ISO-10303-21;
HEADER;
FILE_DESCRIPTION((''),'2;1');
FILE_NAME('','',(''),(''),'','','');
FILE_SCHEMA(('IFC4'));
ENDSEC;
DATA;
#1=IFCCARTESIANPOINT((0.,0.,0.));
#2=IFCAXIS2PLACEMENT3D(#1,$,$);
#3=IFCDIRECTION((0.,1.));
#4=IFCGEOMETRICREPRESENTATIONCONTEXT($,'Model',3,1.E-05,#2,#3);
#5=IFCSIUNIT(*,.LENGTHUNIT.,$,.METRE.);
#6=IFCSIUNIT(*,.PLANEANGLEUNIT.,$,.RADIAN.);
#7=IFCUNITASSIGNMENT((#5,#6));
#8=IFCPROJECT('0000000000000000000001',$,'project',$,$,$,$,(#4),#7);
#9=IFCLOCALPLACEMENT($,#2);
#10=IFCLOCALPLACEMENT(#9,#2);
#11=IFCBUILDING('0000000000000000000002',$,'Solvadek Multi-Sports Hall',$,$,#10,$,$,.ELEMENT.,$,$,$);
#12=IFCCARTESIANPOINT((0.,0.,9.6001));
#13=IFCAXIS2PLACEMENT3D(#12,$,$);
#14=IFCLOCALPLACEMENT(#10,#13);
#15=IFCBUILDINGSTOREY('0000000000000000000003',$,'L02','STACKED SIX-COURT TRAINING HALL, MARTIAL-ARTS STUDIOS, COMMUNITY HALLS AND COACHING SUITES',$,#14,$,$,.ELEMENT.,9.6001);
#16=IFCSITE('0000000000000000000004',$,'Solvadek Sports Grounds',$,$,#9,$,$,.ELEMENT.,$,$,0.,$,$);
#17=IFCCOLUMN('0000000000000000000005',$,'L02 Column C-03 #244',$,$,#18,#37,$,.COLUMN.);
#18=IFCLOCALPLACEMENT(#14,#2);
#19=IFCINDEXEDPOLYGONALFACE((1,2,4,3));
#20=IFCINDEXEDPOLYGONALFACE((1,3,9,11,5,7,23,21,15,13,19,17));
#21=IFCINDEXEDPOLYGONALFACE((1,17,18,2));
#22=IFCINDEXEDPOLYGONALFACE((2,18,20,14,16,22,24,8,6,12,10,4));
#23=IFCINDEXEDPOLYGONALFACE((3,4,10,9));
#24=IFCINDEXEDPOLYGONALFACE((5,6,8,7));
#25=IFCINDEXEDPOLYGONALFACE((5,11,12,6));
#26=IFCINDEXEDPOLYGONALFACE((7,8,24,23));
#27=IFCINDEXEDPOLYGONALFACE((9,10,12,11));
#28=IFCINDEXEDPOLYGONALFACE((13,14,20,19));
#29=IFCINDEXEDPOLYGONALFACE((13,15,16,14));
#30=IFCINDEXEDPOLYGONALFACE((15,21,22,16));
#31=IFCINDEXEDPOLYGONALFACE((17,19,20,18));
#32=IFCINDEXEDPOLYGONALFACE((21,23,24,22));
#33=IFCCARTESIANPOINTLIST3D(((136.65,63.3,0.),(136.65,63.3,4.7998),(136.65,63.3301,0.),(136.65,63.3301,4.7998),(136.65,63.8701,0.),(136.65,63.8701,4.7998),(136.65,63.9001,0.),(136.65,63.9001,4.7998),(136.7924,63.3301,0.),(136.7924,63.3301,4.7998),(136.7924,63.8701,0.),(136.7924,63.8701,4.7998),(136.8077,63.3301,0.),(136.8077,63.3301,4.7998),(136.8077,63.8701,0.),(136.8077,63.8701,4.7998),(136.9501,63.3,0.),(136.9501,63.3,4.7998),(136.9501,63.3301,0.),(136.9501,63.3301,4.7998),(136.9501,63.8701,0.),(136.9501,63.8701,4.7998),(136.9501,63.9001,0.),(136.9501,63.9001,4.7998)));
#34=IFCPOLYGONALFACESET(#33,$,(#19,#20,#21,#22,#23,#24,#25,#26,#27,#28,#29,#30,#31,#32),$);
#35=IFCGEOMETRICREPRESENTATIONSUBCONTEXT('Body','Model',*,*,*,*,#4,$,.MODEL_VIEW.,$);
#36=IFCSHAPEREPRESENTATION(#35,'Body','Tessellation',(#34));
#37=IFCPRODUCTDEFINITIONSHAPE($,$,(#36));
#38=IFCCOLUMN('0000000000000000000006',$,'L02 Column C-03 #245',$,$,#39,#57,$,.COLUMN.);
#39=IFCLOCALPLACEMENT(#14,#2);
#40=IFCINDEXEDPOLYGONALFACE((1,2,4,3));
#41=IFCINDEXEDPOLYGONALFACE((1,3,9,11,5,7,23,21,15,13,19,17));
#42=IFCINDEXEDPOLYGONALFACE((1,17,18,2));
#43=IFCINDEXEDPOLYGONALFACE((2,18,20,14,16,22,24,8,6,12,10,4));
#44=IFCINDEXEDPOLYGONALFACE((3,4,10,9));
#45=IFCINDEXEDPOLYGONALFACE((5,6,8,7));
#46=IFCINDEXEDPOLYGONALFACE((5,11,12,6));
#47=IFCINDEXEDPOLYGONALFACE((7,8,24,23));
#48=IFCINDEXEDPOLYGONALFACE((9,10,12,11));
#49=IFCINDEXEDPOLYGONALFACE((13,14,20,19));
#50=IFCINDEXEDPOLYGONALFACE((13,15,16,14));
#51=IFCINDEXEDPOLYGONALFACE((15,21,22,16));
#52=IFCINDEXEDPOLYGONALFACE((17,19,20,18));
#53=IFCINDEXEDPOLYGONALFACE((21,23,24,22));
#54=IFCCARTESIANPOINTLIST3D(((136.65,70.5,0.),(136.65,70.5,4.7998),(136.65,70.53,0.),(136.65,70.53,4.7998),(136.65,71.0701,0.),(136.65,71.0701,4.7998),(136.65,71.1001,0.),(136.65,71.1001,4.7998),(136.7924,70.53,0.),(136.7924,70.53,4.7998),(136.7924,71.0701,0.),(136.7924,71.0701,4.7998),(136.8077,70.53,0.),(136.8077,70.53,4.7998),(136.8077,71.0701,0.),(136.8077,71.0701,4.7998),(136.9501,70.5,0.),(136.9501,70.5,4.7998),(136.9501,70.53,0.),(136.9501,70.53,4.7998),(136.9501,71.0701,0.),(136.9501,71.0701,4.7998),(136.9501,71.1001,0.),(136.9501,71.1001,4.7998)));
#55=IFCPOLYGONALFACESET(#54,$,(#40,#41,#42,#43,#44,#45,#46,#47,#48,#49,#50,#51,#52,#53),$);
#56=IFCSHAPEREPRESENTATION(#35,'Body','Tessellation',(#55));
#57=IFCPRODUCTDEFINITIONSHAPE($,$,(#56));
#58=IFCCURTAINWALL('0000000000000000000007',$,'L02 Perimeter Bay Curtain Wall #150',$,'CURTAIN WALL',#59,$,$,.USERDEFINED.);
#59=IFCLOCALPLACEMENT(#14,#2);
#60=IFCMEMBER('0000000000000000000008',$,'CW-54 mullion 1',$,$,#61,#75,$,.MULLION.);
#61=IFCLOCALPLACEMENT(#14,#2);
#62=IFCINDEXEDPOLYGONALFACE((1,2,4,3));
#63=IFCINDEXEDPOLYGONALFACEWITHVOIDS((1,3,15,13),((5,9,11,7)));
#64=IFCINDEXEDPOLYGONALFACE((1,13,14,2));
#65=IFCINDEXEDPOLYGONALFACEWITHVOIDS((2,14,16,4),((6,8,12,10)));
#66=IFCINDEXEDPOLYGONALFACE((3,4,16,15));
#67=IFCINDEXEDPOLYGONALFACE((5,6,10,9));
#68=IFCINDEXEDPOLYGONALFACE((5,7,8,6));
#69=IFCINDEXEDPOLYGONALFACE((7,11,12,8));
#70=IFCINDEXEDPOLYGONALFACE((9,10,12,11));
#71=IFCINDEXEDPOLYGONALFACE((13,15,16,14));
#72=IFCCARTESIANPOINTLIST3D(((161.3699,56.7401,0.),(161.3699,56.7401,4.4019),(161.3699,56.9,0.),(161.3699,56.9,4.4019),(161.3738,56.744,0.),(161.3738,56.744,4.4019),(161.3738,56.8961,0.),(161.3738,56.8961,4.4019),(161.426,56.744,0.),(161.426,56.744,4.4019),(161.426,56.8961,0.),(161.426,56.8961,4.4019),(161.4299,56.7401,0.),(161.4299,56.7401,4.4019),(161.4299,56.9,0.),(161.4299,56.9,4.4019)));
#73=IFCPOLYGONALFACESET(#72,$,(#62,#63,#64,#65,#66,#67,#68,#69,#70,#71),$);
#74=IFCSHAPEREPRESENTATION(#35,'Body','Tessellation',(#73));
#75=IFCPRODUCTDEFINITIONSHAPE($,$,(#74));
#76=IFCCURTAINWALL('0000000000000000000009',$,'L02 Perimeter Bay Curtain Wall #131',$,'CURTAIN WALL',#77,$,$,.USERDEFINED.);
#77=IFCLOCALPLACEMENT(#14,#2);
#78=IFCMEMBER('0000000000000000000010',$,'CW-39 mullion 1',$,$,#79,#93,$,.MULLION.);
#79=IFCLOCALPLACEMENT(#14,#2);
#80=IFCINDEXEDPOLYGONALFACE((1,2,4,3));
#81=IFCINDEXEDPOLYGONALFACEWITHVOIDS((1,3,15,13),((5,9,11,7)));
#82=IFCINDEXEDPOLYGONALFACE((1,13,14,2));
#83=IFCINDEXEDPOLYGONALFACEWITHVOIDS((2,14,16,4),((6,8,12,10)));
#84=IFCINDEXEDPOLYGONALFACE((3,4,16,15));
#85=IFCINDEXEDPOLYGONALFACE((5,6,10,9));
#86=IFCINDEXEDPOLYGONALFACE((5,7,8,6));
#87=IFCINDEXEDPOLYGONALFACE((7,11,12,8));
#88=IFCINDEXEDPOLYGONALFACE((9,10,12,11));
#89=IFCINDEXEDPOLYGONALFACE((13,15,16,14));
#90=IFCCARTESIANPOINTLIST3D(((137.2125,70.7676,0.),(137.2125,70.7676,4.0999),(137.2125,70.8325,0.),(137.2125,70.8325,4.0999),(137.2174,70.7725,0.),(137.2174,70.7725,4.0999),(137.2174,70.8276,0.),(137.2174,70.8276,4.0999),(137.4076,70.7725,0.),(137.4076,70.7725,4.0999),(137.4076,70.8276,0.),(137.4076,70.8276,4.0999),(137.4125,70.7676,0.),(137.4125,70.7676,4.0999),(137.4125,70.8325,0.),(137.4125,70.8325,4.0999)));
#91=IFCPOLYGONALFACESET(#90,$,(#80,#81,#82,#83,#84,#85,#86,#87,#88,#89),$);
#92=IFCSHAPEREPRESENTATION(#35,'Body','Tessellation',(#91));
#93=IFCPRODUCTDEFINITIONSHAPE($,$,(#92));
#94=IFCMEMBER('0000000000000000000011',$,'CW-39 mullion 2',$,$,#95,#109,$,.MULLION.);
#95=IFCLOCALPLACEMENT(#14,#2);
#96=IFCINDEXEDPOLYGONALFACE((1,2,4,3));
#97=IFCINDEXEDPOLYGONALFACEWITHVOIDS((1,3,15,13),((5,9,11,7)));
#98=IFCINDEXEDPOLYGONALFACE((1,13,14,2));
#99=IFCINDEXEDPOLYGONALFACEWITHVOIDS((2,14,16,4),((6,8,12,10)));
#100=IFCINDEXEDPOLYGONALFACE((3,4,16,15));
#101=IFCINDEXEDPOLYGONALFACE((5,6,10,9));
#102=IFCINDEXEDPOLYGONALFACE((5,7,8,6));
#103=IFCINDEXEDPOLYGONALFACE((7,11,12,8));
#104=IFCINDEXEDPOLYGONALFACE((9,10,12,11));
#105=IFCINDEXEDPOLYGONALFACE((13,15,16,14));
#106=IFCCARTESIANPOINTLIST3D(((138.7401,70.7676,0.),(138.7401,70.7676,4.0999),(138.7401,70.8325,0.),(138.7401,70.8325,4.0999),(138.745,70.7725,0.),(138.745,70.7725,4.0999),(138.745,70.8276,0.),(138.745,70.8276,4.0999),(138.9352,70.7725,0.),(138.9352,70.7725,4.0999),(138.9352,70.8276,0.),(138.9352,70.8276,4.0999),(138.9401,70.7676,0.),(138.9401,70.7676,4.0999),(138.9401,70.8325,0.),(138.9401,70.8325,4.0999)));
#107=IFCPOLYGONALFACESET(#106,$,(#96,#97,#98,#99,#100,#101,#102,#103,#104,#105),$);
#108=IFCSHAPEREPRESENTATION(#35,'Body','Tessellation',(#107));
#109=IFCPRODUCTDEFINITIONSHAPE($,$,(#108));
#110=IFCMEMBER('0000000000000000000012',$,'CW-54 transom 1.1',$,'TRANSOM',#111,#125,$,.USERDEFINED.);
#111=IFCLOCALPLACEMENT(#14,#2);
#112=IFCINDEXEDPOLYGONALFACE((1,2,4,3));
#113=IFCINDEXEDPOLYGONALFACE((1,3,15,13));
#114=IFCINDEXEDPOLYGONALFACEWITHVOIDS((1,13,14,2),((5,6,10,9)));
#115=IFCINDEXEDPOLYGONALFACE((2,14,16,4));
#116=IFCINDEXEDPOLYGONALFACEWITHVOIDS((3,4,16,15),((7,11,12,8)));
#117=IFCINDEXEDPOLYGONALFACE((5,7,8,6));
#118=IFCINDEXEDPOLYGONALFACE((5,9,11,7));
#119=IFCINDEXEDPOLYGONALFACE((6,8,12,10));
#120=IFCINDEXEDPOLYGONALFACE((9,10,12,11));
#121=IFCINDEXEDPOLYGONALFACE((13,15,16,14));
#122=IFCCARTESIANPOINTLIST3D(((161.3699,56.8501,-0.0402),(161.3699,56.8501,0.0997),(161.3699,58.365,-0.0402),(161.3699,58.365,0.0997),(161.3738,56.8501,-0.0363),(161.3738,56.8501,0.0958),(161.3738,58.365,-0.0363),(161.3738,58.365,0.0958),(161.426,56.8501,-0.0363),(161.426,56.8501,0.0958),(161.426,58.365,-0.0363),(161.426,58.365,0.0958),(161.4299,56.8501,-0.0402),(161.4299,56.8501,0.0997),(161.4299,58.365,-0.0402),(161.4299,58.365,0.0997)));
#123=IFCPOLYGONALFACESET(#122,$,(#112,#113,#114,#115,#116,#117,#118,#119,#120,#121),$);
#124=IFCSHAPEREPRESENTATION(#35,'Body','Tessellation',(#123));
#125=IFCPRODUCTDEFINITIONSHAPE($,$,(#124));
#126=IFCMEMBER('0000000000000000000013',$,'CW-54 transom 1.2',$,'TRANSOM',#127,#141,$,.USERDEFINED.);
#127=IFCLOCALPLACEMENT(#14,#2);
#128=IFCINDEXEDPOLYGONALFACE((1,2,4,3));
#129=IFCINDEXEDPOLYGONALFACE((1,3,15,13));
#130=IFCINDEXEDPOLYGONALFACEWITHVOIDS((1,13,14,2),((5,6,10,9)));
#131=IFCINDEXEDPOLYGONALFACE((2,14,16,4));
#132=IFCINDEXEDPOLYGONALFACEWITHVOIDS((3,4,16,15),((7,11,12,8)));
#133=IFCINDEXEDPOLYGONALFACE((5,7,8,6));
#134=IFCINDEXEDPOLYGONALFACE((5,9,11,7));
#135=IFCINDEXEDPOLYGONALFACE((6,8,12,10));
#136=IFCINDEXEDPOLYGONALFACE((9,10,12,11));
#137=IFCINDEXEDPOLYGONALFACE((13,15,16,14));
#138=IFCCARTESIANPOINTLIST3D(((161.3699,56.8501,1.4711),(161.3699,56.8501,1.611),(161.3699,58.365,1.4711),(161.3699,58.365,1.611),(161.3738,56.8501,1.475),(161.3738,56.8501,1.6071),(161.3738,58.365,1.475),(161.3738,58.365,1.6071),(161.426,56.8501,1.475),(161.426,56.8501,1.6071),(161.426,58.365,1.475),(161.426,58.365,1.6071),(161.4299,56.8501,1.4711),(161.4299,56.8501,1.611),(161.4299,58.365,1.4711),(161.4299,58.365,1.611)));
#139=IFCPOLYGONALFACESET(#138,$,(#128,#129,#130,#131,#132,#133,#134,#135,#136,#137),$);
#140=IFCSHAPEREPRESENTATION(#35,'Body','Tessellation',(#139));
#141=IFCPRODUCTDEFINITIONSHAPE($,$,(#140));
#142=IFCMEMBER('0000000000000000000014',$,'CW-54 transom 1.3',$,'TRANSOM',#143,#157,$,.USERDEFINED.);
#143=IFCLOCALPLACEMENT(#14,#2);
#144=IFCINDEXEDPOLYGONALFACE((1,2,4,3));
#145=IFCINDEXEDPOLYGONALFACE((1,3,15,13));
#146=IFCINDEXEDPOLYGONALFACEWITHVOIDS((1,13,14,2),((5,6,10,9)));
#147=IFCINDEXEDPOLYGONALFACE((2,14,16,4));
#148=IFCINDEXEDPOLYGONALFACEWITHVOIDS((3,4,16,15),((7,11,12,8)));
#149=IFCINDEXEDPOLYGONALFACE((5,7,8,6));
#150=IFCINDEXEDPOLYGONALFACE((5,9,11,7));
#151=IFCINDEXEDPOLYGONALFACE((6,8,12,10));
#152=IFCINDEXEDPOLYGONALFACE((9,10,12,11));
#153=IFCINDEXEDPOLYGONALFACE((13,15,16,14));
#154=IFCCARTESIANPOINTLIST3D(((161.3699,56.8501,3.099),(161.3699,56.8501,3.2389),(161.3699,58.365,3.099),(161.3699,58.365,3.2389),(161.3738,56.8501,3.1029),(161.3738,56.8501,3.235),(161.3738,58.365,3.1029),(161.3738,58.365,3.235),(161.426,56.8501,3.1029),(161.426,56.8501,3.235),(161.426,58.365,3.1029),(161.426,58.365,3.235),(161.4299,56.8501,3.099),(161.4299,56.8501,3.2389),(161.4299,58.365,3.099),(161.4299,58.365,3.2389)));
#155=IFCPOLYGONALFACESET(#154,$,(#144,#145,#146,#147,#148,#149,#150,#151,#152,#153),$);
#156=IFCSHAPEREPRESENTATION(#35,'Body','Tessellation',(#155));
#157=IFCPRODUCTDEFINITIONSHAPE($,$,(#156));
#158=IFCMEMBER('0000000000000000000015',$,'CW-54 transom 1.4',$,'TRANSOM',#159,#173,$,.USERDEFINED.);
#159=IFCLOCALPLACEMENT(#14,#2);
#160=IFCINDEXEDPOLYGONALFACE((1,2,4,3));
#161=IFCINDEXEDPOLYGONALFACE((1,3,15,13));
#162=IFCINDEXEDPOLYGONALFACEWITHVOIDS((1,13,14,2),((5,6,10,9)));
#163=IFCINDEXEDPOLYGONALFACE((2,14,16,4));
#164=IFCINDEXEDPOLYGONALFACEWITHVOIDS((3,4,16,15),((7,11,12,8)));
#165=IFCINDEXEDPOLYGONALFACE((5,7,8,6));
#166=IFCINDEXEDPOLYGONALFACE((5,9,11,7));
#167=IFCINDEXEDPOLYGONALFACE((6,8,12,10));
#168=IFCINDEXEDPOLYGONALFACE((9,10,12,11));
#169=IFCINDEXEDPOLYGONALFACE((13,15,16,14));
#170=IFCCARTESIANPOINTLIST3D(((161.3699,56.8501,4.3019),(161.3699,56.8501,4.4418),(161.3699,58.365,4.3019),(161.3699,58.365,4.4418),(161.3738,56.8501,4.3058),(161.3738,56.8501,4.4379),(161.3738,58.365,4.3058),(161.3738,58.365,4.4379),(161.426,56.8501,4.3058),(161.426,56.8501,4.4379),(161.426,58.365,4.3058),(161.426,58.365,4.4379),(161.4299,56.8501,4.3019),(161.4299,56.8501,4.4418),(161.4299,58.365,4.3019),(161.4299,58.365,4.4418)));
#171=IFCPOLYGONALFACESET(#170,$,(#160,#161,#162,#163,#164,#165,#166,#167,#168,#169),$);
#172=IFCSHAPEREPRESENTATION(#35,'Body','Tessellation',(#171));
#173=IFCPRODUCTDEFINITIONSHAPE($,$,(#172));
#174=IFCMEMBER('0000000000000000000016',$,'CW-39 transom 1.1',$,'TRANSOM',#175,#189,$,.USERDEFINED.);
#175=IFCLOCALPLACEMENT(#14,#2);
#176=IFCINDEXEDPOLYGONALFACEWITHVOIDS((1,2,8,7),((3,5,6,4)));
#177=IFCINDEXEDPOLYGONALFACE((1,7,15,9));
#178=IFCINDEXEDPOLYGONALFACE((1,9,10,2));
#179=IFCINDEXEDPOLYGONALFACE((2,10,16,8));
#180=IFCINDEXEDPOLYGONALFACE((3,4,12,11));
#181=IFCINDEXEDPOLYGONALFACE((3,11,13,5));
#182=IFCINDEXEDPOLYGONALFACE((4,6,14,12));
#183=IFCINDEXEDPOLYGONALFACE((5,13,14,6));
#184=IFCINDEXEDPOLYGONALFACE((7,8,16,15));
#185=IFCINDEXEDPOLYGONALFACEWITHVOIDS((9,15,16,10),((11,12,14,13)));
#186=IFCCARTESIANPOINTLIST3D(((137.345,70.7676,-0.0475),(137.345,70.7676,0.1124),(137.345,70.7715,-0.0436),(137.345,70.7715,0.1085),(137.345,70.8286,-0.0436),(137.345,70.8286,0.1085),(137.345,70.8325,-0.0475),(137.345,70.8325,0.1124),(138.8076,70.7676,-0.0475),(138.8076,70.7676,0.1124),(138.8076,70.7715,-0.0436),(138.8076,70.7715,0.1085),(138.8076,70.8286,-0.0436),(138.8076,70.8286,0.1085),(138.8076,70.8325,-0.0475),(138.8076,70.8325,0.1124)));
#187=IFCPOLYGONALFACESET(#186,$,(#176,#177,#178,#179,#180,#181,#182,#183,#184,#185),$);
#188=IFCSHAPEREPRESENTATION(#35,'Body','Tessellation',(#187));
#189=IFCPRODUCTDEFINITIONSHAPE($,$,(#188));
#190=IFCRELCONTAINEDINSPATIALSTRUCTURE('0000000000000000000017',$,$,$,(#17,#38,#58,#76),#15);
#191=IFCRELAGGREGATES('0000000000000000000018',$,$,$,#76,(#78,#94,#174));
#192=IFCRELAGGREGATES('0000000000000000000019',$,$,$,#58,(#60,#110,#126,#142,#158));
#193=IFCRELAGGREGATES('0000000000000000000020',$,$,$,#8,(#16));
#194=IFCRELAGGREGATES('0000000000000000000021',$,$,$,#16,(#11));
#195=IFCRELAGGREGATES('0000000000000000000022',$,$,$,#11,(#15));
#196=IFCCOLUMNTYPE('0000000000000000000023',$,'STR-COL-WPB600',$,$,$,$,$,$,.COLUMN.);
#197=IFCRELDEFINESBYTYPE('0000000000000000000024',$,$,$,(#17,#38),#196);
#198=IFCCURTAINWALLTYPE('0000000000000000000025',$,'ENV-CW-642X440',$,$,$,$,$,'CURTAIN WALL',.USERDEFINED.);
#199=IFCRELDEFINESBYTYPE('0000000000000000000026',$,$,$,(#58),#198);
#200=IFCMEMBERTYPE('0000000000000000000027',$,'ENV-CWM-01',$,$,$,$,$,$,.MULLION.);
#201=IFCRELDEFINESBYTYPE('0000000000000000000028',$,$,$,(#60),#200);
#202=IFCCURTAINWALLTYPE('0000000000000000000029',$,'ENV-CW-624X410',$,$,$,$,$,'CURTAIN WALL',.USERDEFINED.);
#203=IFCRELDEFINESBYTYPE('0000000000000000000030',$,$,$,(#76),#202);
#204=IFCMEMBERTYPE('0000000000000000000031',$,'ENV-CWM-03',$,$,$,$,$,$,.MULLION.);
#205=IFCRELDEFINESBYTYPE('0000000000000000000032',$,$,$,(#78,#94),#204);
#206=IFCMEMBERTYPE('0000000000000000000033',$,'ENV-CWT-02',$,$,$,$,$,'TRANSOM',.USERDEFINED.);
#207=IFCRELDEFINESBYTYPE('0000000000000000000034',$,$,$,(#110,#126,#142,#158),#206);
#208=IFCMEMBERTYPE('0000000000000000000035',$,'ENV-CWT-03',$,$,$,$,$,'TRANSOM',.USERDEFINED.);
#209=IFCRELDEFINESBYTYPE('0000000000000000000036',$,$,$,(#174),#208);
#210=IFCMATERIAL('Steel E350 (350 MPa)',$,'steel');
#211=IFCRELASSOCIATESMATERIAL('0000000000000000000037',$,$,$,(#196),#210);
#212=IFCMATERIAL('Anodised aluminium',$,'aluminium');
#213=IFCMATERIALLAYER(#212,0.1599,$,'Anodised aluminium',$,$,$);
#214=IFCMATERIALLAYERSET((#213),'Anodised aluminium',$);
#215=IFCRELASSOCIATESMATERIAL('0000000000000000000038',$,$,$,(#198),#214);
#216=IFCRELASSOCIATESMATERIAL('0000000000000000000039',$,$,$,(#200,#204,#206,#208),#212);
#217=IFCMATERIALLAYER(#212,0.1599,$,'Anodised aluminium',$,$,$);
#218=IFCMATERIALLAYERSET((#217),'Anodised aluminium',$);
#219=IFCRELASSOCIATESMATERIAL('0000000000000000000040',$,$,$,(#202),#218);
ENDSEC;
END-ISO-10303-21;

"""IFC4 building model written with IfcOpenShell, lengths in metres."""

from ifc_helpers import new_model, si_unit, direction, frame, origin, origin_2d, place, context, subcontext, project, spatial, hollow_rectangle, i_section, extrude, material, layer, layer_set, material_profile, profile_set, type_object, element, aggregate, save


model = new_model("IFC4")

# Units and contexts
model_context = context("Model", 3, precision=1e-05, world=origin(), true_north=direction((0.0, 1.0)))
body_context = subcontext(model_context, "Body", "Model", "MODEL_VIEW")
ifc_project = project(units=[si_unit("LENGTHUNIT", "METRE"), si_unit("PLANEANGLEUNIT", "RADIAN")], contexts=[model_context])

# Site, building, storey
site_placement = place(None, origin())
site = spatial("IfcSite", under=ifc_project, at=site_placement, Name="Solvadek Sports Grounds", CompositionType="ELEMENT", RefElevation=0.0)
building_placement = place(site_placement, origin())
building = spatial("IfcBuilding", under=site, at=building_placement, Name="Solvadek Multi-Sports Hall", CompositionType="ELEMENT")
storey_placement = place(building_placement, frame((0.0, 0.0, 9.6001)))
storey = spatial("IfcBuildingStorey", under=building, at=storey_placement, Name="L02", Description="STACKED SIX-COURT TRAINING HALL, MARTIAL-ARTS STUDIOS, COMMUNITY HALLS AND COACHING SUITES", CompositionType="ELEMENT", Elevation=9.6001)

# Columns
ifc_material_1 = material(Name="Steel E350 (350 MPa)", Category="steel")
ifc_material_profile_1 = material_profile(ifc_material_1, i_section(OverallWidth=0.3, OverallDepth=0.6001, WebThickness=0.0154, FlangeThickness=0.03, at=origin_2d()), Name="WPB 600")
ifc_profile_set_1 = profile_set([ifc_material_profile_1], Name="Steel E350 (350 MPa)")
column_type = type_object("IfcColumnType", Name="STR-COL-WPB600", PredefinedType="COLUMN", material=ifc_profile_set_1)
for number, where, z_axis, x_axis, name in (
    (1, (136.8, 63.6001, 0.0), (0.0, 0.0, 1.0), (1.0, 0.0, 0.0), "L02 Column C-03 #244"),
    (2, (136.8, 70.8, 0.0), (0.0, 0.0, 1.0), (1.0, 0.0, 0.0), "L02 Column C-03 #245"),
):
    element("IfcColumn", number, at=place(storey_placement, frame(where, z_axis=z_axis, x_axis=x_axis)), inside=storey, type_object=column_type, Name=name, PredefinedType="COLUMN", context=body_context, shape_type="SweptSolid", body=[
        extrude(i_section(OverallWidth=0.3, OverallDepth=0.6001, WebThickness=0.0154, FlangeThickness=0.03, at=origin_2d()), origin(), (0.0, 0.0, 1.0), 4.7998),
    ])

# Curtain wall, member
ifc_material_2 = material(Name="Anodised aluminium", Category="aluminium")
ifc_layer_1 = layer(ifc_material_2, 0.1599, Name="Anodised aluminium")
ifc_layer_set_1 = layer_set([ifc_layer_1], Name="Anodised aluminium")
curtain_wall_type_1 = type_object("IfcCurtainWallType", Name="ENV-CW-642X440", ElementType="CURTAIN WALL", PredefinedType="USERDEFINED", material=ifc_layer_set_1)
curtain_wall_1_placement = place(storey_placement, origin())
curtain_wall_1 = element("IfcCurtainWall", 3, at=curtain_wall_1_placement, inside=storey, type_object=curtain_wall_type_1, Name="L02 Perimeter Bay Curtain Wall #150", ObjectType="CURTAIN WALL", PredefinedType="USERDEFINED")
ifc_material_profile_2 = material_profile(ifc_material_2, hollow_rectangle(XDim=0.0601, YDim=0.1599, WallThickness=0.0039, at=origin_2d()), Name="ALU-M 160x60x4")
ifc_profile_set_2 = profile_set([ifc_material_profile_2], Name="Anodised aluminium")
member_type_1 = type_object("IfcMemberType", Name="ENV-CWM-01", PredefinedType="MULLION", material=ifc_profile_set_2)
member_1_placement = place(storey_placement, frame((161.3999, 56.8201, 0.0), z_axis=(0.0, 0.0, 1.0), x_axis=(-1.0, 0.0, 0.0)))
member_1 = element("IfcMember", 4, at=member_1_placement, type_object=member_type_1, Name="CW-54 mullion 1", PredefinedType="MULLION", context=body_context, shape_type="SweptSolid", body=[
    extrude(hollow_rectangle(XDim=0.0601, YDim=0.1599, WallThickness=0.0039, at=origin_2d()), origin(), (0.0, 0.0, 1.0), 4.4019),
])

# Curtain wall, members
ifc_layer_2 = layer(ifc_material_2, 0.1599, Name="Anodised aluminium")
ifc_layer_set_2 = layer_set([ifc_layer_2], Name="Anodised aluminium")
curtain_wall_type_2 = type_object("IfcCurtainWallType", Name="ENV-CW-624X410", ElementType="CURTAIN WALL", PredefinedType="USERDEFINED", material=ifc_layer_set_2)
curtain_wall_2_placement = place(storey_placement, origin())
curtain_wall_2 = element("IfcCurtainWall", 5, at=curtain_wall_2_placement, inside=storey, type_object=curtain_wall_type_2, Name="L02 Perimeter Bay Curtain Wall #131", ObjectType="CURTAIN WALL", PredefinedType="USERDEFINED")
ifc_material_profile_3 = material_profile(ifc_material_2, hollow_rectangle(XDim=0.0649, YDim=0.2, WallThickness=0.0049, at=origin_2d()), Name="ALU-M 200x65x5")
ifc_profile_set_3 = profile_set([ifc_material_profile_3], Name="Anodised aluminium")
member_type_2 = type_object("IfcMemberType", Name="ENV-CWM-03", PredefinedType="MULLION", material=ifc_profile_set_3)
member_2_placement = place(storey_placement, frame((137.3125, 70.8, 0.0), z_axis=(0.0, 0.0, 1.0), x_axis=(0.0, 1.0, 0.0)))
member_2 = element("IfcMember", 6, at=member_2_placement, type_object=member_type_2, Name="CW-39 mullion 1", PredefinedType="MULLION", context=body_context, shape_type="SweptSolid", body=[
    extrude(hollow_rectangle(XDim=0.0649, YDim=0.2, WallThickness=0.0049, at=origin_2d()), origin(), (0.0, 0.0, 1.0), 4.0999),
])
member_3_placement = place(storey_placement, frame((138.8401, 70.8, 0.0), z_axis=(0.0, 0.0, 1.0), x_axis=(0.0, 1.0, 0.0)))
member_3 = element("IfcMember", 7, at=member_3_placement, type_object=member_type_2, Name="CW-39 mullion 2", PredefinedType="MULLION", context=body_context, shape_type="SweptSolid", body=[
    extrude(hollow_rectangle(XDim=0.0649, YDim=0.2, WallThickness=0.0049, at=origin_2d()), origin(), (0.0, 0.0, 1.0), 4.0999),
])

# Members
ifc_material_profile_4 = material_profile(ifc_material_2, hollow_rectangle(XDim=0.0601, YDim=0.1399, WallThickness=0.0039, at=origin_2d()), Name="ALU-T 140x60x4")
ifc_profile_set_4 = profile_set([ifc_material_profile_4], Name="Anodised aluminium")
member_type_3 = type_object("IfcMemberType", Name="ENV-CWT-02", ElementType="TRANSOM", PredefinedType="USERDEFINED", material=ifc_profile_set_4)
member_4_placement = place(storey_placement, frame((161.3999, 56.8501, 0.0298), z_axis=(0.0, 1.0, 0.0), x_axis=(-1.0, 0.0, 0.0)))
member_4 = element("IfcMember", 8, at=member_4_placement, type_object=member_type_3, Name="CW-54 transom 1.1", ObjectType="TRANSOM", PredefinedType="USERDEFINED", context=body_context, shape_type="SweptSolid", body=[
    extrude(hollow_rectangle(XDim=0.0601, YDim=0.1399, WallThickness=0.0039, at=origin_2d()), origin(), (0.0, 0.0, 1.0), 1.5149),
])
member_5_placement = place(storey_placement, frame((161.3999, 56.8501, 1.541), z_axis=(0.0, 1.0, 0.0), x_axis=(-1.0, 0.0, 0.0)))
member_5 = element("IfcMember", 9, at=member_5_placement, type_object=member_type_3, Name="CW-54 transom 1.2", ObjectType="TRANSOM", PredefinedType="USERDEFINED", context=body_context, shape_type="SweptSolid", body=[
    extrude(hollow_rectangle(XDim=0.0601, YDim=0.1399, WallThickness=0.0039, at=origin_2d()), origin(), (0.0, 0.0, 1.0), 1.5149),
])
member_6_placement = place(storey_placement, frame((161.3999, 56.8501, 3.1689), z_axis=(0.0, 1.0, 0.0), x_axis=(-1.0, 0.0, 0.0)))
member_6 = element("IfcMember", 10, at=member_6_placement, type_object=member_type_3, Name="CW-54 transom 1.3", ObjectType="TRANSOM", PredefinedType="USERDEFINED", context=body_context, shape_type="SweptSolid", body=[
    extrude(hollow_rectangle(XDim=0.0601, YDim=0.1399, WallThickness=0.0039, at=origin_2d()), origin(), (0.0, 0.0, 1.0), 1.5149),
])
member_7_placement = place(storey_placement, frame((161.3999, 56.8501, 4.3718), z_axis=(0.0, 1.0, 0.0), x_axis=(-1.0, 0.0, 0.0)))
member_7 = element("IfcMember", 11, at=member_7_placement, type_object=member_type_3, Name="CW-54 transom 1.4", ObjectType="TRANSOM", PredefinedType="USERDEFINED", context=body_context, shape_type="SweptSolid", body=[
    extrude(hollow_rectangle(XDim=0.0601, YDim=0.1399, WallThickness=0.0039, at=origin_2d()), origin(), (0.0, 0.0, 1.0), 1.5149),
])
ifc_material_profile_5 = material_profile(ifc_material_2, hollow_rectangle(XDim=0.0649, YDim=0.1599, WallThickness=0.0039, at=origin_2d()), Name="ALU-T 160x65x4")
ifc_profile_set_5 = profile_set([ifc_material_profile_5], Name="Anodised aluminium")
member_type_4 = type_object("IfcMemberType", Name="ENV-CWT-03", ElementType="TRANSOM", PredefinedType="USERDEFINED", material=ifc_profile_set_5)
member_8_placement = place(storey_placement, frame((137.345, 70.8, 0.0325), z_axis=(1.0, 0.0, 0.0), x_axis=(0.0, 1.0, 0.0)))
member_8 = element("IfcMember", 12, at=member_8_placement, type_object=member_type_4, Name="CW-39 transom 1.1", ObjectType="TRANSOM", PredefinedType="USERDEFINED", context=body_context, shape_type="SweptSolid", body=[
    extrude(hollow_rectangle(XDim=0.0649, YDim=0.1599, WallThickness=0.0039, at=origin_2d()), origin(), (0.0, 0.0, 1.0), 1.4626),
])

aggregate(curtain_wall_2, [member_2, member_3, member_8])
aggregate(curtain_wall_1, [member_1, member_4, member_5, member_6, member_7])

save(model, "model.ifc")
